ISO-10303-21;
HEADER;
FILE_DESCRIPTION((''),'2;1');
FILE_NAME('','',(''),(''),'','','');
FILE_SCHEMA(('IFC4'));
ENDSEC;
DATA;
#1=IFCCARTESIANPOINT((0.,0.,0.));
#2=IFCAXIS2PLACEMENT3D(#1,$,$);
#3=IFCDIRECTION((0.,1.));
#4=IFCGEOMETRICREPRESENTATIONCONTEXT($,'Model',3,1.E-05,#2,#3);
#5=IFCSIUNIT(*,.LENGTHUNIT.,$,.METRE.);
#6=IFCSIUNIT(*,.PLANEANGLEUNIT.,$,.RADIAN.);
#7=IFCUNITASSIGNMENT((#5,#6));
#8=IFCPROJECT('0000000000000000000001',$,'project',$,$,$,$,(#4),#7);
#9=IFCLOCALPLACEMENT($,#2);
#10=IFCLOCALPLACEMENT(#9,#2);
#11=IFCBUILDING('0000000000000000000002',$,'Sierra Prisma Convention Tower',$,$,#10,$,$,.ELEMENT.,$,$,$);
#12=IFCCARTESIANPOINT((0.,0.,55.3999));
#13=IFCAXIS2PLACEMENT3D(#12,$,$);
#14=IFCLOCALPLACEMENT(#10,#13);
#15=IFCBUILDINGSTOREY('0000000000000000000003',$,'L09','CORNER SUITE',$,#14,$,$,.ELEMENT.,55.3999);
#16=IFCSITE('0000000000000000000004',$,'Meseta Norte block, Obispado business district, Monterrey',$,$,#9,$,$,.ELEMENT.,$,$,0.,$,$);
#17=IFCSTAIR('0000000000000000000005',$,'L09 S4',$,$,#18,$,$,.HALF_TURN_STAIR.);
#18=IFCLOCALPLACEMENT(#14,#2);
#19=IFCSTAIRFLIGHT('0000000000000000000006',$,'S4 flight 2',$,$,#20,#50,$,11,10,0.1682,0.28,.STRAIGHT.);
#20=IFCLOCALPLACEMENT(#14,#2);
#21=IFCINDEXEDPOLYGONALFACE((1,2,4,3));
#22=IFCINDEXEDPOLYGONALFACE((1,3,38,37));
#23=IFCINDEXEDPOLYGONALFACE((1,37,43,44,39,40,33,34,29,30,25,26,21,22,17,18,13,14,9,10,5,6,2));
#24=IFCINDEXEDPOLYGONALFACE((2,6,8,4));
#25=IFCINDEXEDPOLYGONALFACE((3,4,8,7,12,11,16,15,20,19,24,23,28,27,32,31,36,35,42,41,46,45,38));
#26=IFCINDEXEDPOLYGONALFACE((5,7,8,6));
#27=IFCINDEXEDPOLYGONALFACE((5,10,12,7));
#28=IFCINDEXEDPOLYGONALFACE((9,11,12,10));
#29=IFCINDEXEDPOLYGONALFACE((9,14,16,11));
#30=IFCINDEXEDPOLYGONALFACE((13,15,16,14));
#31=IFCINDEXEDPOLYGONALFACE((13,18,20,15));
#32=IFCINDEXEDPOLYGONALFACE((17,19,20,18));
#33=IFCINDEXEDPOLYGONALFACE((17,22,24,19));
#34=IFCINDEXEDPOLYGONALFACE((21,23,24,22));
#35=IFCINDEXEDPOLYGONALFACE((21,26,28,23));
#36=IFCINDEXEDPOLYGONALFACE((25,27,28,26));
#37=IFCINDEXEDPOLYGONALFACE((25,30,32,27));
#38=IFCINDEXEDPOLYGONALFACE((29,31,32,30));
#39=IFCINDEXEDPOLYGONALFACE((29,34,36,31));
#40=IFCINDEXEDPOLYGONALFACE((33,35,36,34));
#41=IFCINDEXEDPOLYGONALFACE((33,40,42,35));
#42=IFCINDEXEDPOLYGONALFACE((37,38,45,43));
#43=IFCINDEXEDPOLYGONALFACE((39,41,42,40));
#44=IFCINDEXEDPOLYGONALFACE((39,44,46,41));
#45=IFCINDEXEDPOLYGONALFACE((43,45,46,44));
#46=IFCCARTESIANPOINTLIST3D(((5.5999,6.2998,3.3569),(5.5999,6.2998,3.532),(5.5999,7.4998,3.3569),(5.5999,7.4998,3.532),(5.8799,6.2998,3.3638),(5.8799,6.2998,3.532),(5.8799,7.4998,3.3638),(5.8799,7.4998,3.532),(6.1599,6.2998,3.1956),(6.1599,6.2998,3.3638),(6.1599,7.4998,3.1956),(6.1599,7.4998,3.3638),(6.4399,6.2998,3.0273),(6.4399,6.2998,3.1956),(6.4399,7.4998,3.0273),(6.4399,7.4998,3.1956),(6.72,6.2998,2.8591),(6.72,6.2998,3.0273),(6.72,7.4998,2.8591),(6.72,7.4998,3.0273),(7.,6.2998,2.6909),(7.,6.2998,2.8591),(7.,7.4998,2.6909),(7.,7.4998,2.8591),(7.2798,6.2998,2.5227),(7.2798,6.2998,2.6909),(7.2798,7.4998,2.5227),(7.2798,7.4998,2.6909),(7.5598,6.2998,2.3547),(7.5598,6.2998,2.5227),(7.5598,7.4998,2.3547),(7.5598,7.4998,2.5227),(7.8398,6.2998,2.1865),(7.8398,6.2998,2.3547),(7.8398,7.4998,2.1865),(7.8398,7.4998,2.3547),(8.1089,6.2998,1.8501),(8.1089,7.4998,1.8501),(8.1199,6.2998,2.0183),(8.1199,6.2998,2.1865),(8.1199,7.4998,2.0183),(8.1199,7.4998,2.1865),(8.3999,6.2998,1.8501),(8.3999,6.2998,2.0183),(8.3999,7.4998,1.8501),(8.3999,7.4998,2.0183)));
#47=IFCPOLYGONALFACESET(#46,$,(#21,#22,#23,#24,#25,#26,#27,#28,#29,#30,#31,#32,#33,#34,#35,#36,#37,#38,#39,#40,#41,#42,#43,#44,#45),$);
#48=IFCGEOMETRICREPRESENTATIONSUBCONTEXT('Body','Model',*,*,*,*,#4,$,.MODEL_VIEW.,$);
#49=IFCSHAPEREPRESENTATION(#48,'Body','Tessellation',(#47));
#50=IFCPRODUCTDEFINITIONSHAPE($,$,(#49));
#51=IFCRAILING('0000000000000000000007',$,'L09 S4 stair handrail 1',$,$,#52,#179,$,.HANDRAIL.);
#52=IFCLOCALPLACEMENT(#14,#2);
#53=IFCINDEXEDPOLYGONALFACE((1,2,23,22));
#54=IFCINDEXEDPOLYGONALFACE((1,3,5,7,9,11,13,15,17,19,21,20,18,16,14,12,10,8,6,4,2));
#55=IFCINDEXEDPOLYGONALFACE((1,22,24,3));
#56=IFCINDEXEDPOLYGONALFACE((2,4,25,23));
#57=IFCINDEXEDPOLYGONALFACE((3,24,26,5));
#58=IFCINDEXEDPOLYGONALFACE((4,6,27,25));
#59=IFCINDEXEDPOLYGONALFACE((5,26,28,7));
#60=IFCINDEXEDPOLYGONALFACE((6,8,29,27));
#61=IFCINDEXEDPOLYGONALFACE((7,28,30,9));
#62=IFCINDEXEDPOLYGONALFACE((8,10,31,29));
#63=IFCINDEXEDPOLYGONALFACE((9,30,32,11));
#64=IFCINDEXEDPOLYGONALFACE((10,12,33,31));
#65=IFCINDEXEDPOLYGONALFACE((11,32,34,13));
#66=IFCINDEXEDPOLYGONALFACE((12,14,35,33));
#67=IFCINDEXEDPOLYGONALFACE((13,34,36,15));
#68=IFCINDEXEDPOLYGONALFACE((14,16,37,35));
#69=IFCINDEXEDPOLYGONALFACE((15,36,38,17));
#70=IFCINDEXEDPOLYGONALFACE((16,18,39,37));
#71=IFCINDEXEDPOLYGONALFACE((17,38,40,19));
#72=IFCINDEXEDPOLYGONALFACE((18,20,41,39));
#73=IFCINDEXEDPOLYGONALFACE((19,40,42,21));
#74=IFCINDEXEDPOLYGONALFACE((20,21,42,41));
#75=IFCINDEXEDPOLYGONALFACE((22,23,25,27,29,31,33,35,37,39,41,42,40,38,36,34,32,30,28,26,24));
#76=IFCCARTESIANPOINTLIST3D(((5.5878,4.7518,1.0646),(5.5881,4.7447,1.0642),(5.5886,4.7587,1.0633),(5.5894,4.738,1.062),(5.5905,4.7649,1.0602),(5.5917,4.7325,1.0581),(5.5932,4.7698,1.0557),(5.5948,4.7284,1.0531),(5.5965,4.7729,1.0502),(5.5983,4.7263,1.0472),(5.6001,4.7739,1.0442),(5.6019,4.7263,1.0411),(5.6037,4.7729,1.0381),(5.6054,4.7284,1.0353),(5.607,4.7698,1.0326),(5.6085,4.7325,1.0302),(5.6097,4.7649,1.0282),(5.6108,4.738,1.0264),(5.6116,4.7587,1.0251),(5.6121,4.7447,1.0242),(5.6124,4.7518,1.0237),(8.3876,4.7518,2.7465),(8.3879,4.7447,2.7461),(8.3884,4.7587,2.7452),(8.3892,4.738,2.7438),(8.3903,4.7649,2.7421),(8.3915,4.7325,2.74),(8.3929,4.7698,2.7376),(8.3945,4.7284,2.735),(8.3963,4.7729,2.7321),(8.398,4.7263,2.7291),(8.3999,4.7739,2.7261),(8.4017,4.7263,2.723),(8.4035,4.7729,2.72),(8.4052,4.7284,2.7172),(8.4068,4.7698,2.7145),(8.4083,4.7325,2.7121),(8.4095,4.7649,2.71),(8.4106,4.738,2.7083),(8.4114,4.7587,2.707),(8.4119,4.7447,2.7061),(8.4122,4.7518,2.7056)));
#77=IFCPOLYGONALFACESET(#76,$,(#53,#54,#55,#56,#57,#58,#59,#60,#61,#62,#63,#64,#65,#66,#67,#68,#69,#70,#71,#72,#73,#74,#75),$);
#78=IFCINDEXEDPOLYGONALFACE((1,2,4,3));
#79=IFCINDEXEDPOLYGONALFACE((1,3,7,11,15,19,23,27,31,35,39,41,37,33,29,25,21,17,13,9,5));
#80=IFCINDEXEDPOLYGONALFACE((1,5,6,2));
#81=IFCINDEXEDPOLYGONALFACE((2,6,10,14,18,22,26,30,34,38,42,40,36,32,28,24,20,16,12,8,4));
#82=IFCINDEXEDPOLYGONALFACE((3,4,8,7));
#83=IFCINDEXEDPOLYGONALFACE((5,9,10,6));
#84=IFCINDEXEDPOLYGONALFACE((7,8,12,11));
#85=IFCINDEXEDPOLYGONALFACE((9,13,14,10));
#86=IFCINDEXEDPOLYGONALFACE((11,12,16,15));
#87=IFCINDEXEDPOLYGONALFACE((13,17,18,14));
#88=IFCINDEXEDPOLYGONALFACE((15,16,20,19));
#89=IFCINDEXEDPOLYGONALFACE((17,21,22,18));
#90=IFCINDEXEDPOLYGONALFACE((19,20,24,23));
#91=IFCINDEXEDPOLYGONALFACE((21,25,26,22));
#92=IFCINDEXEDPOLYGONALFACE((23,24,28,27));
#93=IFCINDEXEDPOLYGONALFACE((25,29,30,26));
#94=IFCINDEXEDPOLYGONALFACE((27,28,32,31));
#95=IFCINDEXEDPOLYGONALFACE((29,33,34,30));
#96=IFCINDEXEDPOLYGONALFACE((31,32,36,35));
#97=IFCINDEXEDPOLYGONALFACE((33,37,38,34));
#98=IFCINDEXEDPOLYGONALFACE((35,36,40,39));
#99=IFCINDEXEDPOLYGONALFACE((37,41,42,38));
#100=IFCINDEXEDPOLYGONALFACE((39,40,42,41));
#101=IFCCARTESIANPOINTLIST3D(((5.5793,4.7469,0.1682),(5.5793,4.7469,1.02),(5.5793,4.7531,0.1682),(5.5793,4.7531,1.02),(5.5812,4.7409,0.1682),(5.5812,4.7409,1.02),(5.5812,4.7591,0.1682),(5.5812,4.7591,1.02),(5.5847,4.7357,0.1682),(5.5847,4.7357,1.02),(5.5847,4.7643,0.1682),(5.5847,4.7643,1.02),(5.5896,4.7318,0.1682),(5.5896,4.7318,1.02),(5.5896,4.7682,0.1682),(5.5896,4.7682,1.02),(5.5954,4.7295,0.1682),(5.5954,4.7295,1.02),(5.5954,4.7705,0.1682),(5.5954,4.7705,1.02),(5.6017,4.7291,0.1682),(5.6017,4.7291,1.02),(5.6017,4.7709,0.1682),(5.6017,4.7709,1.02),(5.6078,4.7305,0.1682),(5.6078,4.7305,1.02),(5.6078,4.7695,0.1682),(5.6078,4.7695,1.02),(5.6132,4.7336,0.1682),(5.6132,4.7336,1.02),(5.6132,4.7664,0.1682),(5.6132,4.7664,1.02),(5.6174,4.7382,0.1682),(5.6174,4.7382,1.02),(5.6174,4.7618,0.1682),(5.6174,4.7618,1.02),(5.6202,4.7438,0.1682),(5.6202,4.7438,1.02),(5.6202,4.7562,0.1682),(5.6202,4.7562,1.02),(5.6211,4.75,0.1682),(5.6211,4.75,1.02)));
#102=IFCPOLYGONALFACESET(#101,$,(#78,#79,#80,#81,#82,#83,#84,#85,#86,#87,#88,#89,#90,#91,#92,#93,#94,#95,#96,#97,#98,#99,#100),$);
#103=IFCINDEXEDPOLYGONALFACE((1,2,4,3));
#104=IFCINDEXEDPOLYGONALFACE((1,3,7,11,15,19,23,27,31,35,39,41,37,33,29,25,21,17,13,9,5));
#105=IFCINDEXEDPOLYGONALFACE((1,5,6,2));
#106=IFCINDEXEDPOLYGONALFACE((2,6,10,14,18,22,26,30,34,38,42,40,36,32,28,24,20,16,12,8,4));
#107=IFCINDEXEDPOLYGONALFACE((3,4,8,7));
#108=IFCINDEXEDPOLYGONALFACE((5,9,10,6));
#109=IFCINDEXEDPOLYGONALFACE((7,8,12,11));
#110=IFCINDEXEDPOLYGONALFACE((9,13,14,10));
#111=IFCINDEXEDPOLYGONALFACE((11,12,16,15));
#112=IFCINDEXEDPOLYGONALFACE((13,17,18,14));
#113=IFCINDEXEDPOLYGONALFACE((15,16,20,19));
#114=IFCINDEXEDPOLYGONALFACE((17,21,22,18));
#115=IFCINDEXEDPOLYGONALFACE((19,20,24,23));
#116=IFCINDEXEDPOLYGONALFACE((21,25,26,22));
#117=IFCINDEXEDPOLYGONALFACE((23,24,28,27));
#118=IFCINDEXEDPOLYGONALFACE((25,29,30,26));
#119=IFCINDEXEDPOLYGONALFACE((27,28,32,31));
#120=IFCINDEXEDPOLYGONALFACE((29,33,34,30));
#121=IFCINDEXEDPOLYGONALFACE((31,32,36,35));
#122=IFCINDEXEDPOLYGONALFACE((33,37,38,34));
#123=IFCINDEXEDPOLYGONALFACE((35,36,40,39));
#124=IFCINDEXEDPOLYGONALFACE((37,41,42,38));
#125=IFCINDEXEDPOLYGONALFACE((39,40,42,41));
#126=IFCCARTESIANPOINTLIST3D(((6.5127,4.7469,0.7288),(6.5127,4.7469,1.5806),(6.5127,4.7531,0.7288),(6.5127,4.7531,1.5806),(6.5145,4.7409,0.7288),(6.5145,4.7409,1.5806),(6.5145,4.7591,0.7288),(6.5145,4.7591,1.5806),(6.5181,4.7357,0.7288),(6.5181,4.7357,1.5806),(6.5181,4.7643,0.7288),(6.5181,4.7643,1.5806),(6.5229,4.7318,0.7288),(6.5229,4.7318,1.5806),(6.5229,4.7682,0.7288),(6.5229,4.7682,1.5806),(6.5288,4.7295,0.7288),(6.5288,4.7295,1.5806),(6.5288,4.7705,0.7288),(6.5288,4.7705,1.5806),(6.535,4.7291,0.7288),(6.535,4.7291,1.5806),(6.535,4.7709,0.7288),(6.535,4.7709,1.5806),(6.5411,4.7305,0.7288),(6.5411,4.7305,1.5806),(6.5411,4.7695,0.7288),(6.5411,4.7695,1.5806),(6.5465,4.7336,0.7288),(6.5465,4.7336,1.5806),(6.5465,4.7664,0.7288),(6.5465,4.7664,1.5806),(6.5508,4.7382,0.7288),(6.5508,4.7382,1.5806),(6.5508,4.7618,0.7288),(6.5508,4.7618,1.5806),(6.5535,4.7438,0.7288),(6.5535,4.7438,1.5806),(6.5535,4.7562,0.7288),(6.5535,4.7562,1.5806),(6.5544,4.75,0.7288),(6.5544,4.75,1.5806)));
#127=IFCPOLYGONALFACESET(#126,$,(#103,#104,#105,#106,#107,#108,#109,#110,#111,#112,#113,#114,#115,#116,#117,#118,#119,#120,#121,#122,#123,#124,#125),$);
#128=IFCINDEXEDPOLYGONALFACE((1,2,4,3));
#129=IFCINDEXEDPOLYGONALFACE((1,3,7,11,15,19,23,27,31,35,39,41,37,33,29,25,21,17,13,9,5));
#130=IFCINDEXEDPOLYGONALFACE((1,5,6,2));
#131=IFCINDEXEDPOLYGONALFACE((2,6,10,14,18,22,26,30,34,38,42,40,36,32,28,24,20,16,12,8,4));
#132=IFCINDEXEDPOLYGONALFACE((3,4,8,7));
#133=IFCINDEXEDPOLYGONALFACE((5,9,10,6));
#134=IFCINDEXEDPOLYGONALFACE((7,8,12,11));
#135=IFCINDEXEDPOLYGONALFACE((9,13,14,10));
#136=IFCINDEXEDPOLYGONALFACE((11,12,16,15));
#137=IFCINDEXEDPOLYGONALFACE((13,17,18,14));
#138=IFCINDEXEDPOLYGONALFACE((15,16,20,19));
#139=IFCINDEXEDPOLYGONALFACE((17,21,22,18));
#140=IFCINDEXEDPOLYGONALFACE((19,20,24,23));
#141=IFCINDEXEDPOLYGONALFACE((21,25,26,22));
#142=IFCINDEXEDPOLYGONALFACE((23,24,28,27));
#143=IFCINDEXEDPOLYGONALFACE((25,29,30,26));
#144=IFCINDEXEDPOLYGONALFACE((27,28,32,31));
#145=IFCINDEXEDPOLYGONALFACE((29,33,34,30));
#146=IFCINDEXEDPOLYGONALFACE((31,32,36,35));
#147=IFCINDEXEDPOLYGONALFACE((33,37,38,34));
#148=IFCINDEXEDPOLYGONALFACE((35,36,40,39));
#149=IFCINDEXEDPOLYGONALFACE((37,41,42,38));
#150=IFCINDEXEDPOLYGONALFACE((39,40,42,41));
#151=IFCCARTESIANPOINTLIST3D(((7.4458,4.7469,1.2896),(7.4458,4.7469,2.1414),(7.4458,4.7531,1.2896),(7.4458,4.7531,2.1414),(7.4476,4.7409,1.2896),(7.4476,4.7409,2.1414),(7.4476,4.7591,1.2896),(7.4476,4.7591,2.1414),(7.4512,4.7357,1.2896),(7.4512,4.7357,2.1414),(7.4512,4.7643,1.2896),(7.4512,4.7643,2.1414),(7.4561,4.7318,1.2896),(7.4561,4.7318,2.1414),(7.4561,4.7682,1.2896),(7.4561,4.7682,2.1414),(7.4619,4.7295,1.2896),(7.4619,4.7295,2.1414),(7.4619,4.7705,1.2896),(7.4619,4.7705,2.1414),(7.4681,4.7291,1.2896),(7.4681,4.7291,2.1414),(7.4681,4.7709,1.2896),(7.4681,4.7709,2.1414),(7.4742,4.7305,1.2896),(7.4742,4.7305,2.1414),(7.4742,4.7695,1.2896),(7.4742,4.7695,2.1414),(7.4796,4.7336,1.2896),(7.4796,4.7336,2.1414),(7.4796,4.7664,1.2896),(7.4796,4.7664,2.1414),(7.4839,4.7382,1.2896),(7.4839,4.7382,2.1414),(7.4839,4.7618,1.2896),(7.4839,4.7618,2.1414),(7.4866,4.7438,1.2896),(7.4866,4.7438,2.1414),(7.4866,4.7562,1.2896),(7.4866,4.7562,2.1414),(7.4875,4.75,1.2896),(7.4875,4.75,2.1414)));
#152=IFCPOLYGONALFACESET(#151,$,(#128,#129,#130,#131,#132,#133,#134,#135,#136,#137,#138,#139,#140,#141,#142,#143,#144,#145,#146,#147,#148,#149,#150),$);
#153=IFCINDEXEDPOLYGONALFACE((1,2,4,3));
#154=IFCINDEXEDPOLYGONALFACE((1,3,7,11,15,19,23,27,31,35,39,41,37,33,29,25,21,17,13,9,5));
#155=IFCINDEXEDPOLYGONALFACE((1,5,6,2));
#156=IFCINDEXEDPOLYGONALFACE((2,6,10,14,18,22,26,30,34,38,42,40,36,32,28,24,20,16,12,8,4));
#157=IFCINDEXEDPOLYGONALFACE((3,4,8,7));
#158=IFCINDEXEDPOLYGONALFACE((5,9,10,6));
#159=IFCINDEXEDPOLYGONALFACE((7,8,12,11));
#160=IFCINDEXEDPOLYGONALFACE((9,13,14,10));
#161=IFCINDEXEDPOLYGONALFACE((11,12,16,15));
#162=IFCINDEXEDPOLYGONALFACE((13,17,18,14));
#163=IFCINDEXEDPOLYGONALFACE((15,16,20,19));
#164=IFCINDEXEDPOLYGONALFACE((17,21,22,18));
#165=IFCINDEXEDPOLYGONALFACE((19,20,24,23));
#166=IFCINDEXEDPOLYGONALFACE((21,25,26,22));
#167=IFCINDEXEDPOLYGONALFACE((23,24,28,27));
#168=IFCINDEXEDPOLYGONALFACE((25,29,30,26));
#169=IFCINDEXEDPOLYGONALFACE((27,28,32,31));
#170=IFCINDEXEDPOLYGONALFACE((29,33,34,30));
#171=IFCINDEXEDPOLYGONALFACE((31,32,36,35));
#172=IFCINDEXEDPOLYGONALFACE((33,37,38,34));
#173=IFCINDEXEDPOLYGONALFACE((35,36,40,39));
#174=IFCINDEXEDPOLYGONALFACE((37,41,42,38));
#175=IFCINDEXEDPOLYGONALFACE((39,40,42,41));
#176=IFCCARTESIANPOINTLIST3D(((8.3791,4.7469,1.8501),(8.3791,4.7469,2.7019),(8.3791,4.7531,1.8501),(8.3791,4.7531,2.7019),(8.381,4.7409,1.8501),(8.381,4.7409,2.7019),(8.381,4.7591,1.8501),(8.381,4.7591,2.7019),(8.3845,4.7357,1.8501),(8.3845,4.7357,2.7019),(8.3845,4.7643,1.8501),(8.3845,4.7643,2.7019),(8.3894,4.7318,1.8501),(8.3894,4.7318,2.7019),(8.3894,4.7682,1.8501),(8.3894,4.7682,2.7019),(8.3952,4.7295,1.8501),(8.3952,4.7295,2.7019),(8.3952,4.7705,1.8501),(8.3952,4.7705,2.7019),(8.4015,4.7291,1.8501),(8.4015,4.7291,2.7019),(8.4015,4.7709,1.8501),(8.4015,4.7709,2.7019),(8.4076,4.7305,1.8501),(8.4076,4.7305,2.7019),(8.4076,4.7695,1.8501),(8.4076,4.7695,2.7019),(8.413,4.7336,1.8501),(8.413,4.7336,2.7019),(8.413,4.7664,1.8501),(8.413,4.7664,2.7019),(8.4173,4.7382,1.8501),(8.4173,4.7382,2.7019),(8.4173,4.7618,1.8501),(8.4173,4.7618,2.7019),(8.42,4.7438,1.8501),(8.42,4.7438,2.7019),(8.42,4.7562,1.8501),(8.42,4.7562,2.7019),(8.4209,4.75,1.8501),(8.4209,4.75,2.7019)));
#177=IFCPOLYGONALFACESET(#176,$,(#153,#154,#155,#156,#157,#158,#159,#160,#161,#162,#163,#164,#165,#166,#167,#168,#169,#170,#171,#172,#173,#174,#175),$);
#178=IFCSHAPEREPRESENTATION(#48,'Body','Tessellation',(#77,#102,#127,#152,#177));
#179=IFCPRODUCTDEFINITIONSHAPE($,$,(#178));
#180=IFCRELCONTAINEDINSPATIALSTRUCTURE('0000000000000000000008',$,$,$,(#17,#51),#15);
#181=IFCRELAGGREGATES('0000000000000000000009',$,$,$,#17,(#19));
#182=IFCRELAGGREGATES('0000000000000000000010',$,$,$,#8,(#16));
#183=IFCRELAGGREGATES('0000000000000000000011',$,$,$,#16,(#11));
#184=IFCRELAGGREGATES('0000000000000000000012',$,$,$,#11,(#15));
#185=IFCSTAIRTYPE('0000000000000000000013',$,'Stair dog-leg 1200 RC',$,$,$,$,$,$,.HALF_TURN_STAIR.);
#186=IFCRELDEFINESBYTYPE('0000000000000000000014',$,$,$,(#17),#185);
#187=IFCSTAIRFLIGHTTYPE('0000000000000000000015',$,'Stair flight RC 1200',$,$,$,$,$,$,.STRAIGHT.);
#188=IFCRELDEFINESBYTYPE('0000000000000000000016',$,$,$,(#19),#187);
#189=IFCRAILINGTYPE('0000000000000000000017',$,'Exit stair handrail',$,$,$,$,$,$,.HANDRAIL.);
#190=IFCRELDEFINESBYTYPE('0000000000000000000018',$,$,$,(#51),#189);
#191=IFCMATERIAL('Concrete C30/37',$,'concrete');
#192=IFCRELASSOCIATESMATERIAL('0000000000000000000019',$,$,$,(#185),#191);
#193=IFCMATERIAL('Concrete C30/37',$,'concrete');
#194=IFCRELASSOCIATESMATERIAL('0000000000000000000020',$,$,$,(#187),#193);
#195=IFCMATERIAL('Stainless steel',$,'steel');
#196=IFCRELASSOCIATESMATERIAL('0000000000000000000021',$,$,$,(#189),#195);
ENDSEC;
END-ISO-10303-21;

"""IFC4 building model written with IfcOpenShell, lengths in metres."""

from ifc_helpers import new_model, si_unit, direction, frame, origin, origin_2d, place, context, subcontext, project, spatial, polyline, circle, outline, extrude, material, type_object, element, aggregate, save


model = new_model("IFC4")

# Units and contexts
model_context = context("Model", 3, precision=1e-05, world=origin(), true_north=direction((0.0, 1.0)))
body_context = subcontext(model_context, "Body", "Model", "MODEL_VIEW")
ifc_project = project(units=[si_unit("LENGTHUNIT", "METRE"), si_unit("PLANEANGLEUNIT", "RADIAN")], contexts=[model_context])

# Site, building, storey
site_placement = place(None, origin())
site = spatial("IfcSite", under=ifc_project, at=site_placement, Name="Meseta Norte block, Obispado business district, Monterrey", CompositionType="ELEMENT", RefElevation=0.0)
building_placement = place(site_placement, origin())
building = spatial("IfcBuilding", under=site, at=building_placement, Name="Sierra Prisma Convention Tower", CompositionType="ELEMENT")
storey_placement = place(building_placement, frame((0.0, 0.0, 55.3999)))
storey = spatial("IfcBuildingStorey", under=building, at=storey_placement, Name="L09", Description="CORNER SUITE", CompositionType="ELEMENT", Elevation=55.3999)

# Stair, stair flight
ifc_material_1 = material(Name="Concrete C30/37", Category="concrete")
stair_type = type_object("IfcStairType", Name="Stair dog-leg 1200 RC", PredefinedType="HALF_TURN_STAIR", material=ifc_material_1)
stair_placement = place(storey_placement, origin())
stair = element("IfcStair", 1, at=stair_placement, inside=storey, type_object=stair_type, Name="L09 S4", PredefinedType="HALF_TURN_STAIR")
ifc_material_2 = material(Name="Concrete C30/37", Category="concrete")
stair_flight_type = type_object("IfcStairFlightType", Name="Stair flight RC 1200", PredefinedType="STRAIGHT", material=ifc_material_2)
stair_flight_1_placement = place(storey_placement, frame((8.3999, 6.8999, 1.8501), z_axis=(0.0, 0.0, 1.0), x_axis=(-1.0, 0.0, 0.0)))
stair_flight_1 = element("IfcStairFlight", 2, at=stair_flight_1_placement, type_object=stair_flight_type, Name="S4 flight 2", NumberOfRisers=11, NumberOfTreads=10, PredefinedType="STRAIGHT", RiserHeight=0.1682, TreadLength=0.28, context=body_context, shape_type="SweptSolid", body=[
    extrude(outline(polyline([(0.0, 0.0), (0.0, 0.1682), (0.28, 0.1682), (0.28, 0.3364), (0.5601, 0.3364), (0.5601, 0.5046), (0.8401, 0.5046), (0.8401, 0.6726), (1.1201, 0.6726), (1.1201, 0.8408), (1.3999, 0.8408), (1.3999, 1.009), (1.6799, 1.009), (1.6799, 1.1772), (1.96, 1.1772), (1.96, 1.3455), (2.24, 1.3455), (2.24, 1.5137), (2.52, 1.5137), (2.52, 1.6819), (2.8, 1.6819), (2.8, 1.8501), (2.8, 1.5068), (0.291, 0.0), (0.0, 0.0)])), frame((0.0, 0.6001, 0.0), z_axis=(0.0, -1.0, 0.0), x_axis=(1.0, 0.0, 0.0)), (0.0, 0.0, 1.0), 1.2),
])
aggregate(stair, [stair_flight_1])

# Railing
ifc_material_3 = material(Name="Stainless steel", Category="steel")
railing_type_1 = type_object("IfcRailingType", Name="Exit stair handrail", PredefinedType="HANDRAIL", material=ifc_material_3)
railing_1_placement = place(storey_placement, frame((5.6001, 4.75, 0.1682)))
element("IfcRailing", 3, at=railing_1_placement, inside=storey, type_object=railing_type_1, Name="L09 S4 stair handrail 1", PredefinedType="HANDRAIL", context=body_context, shape_type="SweptSolid", body=[
    extrude(circle(Radius=0.0239, at=origin_2d()), frame((0.0, 0.0, 0.876), z_axis=(0.857222, 0.0, 0.514946), x_axis=(0.0, 1.0, 0.0)), (0.0, 0.0, 1.0), 3.2661),
    extrude(circle(Radius=0.021, at=origin_2d()), origin(), (0.0, 0.0, 1.0), 0.8518),
    extrude(circle(Radius=0.021, at=origin_2d()), frame((0.9333, 0.0, 0.5605)), (0.0, 0.0, 1.0), 0.8518),
    extrude(circle(Radius=0.021, at=origin_2d()), frame((1.8665, 0.0, 1.1213)), (0.0, 0.0, 1.0), 0.8518),
    extrude(circle(Radius=0.021, at=origin_2d()), frame((2.7998, 0.0, 1.6819)), (0.0, 0.0, 1.0), 0.8518),
])

save(model, "model.ifc")
